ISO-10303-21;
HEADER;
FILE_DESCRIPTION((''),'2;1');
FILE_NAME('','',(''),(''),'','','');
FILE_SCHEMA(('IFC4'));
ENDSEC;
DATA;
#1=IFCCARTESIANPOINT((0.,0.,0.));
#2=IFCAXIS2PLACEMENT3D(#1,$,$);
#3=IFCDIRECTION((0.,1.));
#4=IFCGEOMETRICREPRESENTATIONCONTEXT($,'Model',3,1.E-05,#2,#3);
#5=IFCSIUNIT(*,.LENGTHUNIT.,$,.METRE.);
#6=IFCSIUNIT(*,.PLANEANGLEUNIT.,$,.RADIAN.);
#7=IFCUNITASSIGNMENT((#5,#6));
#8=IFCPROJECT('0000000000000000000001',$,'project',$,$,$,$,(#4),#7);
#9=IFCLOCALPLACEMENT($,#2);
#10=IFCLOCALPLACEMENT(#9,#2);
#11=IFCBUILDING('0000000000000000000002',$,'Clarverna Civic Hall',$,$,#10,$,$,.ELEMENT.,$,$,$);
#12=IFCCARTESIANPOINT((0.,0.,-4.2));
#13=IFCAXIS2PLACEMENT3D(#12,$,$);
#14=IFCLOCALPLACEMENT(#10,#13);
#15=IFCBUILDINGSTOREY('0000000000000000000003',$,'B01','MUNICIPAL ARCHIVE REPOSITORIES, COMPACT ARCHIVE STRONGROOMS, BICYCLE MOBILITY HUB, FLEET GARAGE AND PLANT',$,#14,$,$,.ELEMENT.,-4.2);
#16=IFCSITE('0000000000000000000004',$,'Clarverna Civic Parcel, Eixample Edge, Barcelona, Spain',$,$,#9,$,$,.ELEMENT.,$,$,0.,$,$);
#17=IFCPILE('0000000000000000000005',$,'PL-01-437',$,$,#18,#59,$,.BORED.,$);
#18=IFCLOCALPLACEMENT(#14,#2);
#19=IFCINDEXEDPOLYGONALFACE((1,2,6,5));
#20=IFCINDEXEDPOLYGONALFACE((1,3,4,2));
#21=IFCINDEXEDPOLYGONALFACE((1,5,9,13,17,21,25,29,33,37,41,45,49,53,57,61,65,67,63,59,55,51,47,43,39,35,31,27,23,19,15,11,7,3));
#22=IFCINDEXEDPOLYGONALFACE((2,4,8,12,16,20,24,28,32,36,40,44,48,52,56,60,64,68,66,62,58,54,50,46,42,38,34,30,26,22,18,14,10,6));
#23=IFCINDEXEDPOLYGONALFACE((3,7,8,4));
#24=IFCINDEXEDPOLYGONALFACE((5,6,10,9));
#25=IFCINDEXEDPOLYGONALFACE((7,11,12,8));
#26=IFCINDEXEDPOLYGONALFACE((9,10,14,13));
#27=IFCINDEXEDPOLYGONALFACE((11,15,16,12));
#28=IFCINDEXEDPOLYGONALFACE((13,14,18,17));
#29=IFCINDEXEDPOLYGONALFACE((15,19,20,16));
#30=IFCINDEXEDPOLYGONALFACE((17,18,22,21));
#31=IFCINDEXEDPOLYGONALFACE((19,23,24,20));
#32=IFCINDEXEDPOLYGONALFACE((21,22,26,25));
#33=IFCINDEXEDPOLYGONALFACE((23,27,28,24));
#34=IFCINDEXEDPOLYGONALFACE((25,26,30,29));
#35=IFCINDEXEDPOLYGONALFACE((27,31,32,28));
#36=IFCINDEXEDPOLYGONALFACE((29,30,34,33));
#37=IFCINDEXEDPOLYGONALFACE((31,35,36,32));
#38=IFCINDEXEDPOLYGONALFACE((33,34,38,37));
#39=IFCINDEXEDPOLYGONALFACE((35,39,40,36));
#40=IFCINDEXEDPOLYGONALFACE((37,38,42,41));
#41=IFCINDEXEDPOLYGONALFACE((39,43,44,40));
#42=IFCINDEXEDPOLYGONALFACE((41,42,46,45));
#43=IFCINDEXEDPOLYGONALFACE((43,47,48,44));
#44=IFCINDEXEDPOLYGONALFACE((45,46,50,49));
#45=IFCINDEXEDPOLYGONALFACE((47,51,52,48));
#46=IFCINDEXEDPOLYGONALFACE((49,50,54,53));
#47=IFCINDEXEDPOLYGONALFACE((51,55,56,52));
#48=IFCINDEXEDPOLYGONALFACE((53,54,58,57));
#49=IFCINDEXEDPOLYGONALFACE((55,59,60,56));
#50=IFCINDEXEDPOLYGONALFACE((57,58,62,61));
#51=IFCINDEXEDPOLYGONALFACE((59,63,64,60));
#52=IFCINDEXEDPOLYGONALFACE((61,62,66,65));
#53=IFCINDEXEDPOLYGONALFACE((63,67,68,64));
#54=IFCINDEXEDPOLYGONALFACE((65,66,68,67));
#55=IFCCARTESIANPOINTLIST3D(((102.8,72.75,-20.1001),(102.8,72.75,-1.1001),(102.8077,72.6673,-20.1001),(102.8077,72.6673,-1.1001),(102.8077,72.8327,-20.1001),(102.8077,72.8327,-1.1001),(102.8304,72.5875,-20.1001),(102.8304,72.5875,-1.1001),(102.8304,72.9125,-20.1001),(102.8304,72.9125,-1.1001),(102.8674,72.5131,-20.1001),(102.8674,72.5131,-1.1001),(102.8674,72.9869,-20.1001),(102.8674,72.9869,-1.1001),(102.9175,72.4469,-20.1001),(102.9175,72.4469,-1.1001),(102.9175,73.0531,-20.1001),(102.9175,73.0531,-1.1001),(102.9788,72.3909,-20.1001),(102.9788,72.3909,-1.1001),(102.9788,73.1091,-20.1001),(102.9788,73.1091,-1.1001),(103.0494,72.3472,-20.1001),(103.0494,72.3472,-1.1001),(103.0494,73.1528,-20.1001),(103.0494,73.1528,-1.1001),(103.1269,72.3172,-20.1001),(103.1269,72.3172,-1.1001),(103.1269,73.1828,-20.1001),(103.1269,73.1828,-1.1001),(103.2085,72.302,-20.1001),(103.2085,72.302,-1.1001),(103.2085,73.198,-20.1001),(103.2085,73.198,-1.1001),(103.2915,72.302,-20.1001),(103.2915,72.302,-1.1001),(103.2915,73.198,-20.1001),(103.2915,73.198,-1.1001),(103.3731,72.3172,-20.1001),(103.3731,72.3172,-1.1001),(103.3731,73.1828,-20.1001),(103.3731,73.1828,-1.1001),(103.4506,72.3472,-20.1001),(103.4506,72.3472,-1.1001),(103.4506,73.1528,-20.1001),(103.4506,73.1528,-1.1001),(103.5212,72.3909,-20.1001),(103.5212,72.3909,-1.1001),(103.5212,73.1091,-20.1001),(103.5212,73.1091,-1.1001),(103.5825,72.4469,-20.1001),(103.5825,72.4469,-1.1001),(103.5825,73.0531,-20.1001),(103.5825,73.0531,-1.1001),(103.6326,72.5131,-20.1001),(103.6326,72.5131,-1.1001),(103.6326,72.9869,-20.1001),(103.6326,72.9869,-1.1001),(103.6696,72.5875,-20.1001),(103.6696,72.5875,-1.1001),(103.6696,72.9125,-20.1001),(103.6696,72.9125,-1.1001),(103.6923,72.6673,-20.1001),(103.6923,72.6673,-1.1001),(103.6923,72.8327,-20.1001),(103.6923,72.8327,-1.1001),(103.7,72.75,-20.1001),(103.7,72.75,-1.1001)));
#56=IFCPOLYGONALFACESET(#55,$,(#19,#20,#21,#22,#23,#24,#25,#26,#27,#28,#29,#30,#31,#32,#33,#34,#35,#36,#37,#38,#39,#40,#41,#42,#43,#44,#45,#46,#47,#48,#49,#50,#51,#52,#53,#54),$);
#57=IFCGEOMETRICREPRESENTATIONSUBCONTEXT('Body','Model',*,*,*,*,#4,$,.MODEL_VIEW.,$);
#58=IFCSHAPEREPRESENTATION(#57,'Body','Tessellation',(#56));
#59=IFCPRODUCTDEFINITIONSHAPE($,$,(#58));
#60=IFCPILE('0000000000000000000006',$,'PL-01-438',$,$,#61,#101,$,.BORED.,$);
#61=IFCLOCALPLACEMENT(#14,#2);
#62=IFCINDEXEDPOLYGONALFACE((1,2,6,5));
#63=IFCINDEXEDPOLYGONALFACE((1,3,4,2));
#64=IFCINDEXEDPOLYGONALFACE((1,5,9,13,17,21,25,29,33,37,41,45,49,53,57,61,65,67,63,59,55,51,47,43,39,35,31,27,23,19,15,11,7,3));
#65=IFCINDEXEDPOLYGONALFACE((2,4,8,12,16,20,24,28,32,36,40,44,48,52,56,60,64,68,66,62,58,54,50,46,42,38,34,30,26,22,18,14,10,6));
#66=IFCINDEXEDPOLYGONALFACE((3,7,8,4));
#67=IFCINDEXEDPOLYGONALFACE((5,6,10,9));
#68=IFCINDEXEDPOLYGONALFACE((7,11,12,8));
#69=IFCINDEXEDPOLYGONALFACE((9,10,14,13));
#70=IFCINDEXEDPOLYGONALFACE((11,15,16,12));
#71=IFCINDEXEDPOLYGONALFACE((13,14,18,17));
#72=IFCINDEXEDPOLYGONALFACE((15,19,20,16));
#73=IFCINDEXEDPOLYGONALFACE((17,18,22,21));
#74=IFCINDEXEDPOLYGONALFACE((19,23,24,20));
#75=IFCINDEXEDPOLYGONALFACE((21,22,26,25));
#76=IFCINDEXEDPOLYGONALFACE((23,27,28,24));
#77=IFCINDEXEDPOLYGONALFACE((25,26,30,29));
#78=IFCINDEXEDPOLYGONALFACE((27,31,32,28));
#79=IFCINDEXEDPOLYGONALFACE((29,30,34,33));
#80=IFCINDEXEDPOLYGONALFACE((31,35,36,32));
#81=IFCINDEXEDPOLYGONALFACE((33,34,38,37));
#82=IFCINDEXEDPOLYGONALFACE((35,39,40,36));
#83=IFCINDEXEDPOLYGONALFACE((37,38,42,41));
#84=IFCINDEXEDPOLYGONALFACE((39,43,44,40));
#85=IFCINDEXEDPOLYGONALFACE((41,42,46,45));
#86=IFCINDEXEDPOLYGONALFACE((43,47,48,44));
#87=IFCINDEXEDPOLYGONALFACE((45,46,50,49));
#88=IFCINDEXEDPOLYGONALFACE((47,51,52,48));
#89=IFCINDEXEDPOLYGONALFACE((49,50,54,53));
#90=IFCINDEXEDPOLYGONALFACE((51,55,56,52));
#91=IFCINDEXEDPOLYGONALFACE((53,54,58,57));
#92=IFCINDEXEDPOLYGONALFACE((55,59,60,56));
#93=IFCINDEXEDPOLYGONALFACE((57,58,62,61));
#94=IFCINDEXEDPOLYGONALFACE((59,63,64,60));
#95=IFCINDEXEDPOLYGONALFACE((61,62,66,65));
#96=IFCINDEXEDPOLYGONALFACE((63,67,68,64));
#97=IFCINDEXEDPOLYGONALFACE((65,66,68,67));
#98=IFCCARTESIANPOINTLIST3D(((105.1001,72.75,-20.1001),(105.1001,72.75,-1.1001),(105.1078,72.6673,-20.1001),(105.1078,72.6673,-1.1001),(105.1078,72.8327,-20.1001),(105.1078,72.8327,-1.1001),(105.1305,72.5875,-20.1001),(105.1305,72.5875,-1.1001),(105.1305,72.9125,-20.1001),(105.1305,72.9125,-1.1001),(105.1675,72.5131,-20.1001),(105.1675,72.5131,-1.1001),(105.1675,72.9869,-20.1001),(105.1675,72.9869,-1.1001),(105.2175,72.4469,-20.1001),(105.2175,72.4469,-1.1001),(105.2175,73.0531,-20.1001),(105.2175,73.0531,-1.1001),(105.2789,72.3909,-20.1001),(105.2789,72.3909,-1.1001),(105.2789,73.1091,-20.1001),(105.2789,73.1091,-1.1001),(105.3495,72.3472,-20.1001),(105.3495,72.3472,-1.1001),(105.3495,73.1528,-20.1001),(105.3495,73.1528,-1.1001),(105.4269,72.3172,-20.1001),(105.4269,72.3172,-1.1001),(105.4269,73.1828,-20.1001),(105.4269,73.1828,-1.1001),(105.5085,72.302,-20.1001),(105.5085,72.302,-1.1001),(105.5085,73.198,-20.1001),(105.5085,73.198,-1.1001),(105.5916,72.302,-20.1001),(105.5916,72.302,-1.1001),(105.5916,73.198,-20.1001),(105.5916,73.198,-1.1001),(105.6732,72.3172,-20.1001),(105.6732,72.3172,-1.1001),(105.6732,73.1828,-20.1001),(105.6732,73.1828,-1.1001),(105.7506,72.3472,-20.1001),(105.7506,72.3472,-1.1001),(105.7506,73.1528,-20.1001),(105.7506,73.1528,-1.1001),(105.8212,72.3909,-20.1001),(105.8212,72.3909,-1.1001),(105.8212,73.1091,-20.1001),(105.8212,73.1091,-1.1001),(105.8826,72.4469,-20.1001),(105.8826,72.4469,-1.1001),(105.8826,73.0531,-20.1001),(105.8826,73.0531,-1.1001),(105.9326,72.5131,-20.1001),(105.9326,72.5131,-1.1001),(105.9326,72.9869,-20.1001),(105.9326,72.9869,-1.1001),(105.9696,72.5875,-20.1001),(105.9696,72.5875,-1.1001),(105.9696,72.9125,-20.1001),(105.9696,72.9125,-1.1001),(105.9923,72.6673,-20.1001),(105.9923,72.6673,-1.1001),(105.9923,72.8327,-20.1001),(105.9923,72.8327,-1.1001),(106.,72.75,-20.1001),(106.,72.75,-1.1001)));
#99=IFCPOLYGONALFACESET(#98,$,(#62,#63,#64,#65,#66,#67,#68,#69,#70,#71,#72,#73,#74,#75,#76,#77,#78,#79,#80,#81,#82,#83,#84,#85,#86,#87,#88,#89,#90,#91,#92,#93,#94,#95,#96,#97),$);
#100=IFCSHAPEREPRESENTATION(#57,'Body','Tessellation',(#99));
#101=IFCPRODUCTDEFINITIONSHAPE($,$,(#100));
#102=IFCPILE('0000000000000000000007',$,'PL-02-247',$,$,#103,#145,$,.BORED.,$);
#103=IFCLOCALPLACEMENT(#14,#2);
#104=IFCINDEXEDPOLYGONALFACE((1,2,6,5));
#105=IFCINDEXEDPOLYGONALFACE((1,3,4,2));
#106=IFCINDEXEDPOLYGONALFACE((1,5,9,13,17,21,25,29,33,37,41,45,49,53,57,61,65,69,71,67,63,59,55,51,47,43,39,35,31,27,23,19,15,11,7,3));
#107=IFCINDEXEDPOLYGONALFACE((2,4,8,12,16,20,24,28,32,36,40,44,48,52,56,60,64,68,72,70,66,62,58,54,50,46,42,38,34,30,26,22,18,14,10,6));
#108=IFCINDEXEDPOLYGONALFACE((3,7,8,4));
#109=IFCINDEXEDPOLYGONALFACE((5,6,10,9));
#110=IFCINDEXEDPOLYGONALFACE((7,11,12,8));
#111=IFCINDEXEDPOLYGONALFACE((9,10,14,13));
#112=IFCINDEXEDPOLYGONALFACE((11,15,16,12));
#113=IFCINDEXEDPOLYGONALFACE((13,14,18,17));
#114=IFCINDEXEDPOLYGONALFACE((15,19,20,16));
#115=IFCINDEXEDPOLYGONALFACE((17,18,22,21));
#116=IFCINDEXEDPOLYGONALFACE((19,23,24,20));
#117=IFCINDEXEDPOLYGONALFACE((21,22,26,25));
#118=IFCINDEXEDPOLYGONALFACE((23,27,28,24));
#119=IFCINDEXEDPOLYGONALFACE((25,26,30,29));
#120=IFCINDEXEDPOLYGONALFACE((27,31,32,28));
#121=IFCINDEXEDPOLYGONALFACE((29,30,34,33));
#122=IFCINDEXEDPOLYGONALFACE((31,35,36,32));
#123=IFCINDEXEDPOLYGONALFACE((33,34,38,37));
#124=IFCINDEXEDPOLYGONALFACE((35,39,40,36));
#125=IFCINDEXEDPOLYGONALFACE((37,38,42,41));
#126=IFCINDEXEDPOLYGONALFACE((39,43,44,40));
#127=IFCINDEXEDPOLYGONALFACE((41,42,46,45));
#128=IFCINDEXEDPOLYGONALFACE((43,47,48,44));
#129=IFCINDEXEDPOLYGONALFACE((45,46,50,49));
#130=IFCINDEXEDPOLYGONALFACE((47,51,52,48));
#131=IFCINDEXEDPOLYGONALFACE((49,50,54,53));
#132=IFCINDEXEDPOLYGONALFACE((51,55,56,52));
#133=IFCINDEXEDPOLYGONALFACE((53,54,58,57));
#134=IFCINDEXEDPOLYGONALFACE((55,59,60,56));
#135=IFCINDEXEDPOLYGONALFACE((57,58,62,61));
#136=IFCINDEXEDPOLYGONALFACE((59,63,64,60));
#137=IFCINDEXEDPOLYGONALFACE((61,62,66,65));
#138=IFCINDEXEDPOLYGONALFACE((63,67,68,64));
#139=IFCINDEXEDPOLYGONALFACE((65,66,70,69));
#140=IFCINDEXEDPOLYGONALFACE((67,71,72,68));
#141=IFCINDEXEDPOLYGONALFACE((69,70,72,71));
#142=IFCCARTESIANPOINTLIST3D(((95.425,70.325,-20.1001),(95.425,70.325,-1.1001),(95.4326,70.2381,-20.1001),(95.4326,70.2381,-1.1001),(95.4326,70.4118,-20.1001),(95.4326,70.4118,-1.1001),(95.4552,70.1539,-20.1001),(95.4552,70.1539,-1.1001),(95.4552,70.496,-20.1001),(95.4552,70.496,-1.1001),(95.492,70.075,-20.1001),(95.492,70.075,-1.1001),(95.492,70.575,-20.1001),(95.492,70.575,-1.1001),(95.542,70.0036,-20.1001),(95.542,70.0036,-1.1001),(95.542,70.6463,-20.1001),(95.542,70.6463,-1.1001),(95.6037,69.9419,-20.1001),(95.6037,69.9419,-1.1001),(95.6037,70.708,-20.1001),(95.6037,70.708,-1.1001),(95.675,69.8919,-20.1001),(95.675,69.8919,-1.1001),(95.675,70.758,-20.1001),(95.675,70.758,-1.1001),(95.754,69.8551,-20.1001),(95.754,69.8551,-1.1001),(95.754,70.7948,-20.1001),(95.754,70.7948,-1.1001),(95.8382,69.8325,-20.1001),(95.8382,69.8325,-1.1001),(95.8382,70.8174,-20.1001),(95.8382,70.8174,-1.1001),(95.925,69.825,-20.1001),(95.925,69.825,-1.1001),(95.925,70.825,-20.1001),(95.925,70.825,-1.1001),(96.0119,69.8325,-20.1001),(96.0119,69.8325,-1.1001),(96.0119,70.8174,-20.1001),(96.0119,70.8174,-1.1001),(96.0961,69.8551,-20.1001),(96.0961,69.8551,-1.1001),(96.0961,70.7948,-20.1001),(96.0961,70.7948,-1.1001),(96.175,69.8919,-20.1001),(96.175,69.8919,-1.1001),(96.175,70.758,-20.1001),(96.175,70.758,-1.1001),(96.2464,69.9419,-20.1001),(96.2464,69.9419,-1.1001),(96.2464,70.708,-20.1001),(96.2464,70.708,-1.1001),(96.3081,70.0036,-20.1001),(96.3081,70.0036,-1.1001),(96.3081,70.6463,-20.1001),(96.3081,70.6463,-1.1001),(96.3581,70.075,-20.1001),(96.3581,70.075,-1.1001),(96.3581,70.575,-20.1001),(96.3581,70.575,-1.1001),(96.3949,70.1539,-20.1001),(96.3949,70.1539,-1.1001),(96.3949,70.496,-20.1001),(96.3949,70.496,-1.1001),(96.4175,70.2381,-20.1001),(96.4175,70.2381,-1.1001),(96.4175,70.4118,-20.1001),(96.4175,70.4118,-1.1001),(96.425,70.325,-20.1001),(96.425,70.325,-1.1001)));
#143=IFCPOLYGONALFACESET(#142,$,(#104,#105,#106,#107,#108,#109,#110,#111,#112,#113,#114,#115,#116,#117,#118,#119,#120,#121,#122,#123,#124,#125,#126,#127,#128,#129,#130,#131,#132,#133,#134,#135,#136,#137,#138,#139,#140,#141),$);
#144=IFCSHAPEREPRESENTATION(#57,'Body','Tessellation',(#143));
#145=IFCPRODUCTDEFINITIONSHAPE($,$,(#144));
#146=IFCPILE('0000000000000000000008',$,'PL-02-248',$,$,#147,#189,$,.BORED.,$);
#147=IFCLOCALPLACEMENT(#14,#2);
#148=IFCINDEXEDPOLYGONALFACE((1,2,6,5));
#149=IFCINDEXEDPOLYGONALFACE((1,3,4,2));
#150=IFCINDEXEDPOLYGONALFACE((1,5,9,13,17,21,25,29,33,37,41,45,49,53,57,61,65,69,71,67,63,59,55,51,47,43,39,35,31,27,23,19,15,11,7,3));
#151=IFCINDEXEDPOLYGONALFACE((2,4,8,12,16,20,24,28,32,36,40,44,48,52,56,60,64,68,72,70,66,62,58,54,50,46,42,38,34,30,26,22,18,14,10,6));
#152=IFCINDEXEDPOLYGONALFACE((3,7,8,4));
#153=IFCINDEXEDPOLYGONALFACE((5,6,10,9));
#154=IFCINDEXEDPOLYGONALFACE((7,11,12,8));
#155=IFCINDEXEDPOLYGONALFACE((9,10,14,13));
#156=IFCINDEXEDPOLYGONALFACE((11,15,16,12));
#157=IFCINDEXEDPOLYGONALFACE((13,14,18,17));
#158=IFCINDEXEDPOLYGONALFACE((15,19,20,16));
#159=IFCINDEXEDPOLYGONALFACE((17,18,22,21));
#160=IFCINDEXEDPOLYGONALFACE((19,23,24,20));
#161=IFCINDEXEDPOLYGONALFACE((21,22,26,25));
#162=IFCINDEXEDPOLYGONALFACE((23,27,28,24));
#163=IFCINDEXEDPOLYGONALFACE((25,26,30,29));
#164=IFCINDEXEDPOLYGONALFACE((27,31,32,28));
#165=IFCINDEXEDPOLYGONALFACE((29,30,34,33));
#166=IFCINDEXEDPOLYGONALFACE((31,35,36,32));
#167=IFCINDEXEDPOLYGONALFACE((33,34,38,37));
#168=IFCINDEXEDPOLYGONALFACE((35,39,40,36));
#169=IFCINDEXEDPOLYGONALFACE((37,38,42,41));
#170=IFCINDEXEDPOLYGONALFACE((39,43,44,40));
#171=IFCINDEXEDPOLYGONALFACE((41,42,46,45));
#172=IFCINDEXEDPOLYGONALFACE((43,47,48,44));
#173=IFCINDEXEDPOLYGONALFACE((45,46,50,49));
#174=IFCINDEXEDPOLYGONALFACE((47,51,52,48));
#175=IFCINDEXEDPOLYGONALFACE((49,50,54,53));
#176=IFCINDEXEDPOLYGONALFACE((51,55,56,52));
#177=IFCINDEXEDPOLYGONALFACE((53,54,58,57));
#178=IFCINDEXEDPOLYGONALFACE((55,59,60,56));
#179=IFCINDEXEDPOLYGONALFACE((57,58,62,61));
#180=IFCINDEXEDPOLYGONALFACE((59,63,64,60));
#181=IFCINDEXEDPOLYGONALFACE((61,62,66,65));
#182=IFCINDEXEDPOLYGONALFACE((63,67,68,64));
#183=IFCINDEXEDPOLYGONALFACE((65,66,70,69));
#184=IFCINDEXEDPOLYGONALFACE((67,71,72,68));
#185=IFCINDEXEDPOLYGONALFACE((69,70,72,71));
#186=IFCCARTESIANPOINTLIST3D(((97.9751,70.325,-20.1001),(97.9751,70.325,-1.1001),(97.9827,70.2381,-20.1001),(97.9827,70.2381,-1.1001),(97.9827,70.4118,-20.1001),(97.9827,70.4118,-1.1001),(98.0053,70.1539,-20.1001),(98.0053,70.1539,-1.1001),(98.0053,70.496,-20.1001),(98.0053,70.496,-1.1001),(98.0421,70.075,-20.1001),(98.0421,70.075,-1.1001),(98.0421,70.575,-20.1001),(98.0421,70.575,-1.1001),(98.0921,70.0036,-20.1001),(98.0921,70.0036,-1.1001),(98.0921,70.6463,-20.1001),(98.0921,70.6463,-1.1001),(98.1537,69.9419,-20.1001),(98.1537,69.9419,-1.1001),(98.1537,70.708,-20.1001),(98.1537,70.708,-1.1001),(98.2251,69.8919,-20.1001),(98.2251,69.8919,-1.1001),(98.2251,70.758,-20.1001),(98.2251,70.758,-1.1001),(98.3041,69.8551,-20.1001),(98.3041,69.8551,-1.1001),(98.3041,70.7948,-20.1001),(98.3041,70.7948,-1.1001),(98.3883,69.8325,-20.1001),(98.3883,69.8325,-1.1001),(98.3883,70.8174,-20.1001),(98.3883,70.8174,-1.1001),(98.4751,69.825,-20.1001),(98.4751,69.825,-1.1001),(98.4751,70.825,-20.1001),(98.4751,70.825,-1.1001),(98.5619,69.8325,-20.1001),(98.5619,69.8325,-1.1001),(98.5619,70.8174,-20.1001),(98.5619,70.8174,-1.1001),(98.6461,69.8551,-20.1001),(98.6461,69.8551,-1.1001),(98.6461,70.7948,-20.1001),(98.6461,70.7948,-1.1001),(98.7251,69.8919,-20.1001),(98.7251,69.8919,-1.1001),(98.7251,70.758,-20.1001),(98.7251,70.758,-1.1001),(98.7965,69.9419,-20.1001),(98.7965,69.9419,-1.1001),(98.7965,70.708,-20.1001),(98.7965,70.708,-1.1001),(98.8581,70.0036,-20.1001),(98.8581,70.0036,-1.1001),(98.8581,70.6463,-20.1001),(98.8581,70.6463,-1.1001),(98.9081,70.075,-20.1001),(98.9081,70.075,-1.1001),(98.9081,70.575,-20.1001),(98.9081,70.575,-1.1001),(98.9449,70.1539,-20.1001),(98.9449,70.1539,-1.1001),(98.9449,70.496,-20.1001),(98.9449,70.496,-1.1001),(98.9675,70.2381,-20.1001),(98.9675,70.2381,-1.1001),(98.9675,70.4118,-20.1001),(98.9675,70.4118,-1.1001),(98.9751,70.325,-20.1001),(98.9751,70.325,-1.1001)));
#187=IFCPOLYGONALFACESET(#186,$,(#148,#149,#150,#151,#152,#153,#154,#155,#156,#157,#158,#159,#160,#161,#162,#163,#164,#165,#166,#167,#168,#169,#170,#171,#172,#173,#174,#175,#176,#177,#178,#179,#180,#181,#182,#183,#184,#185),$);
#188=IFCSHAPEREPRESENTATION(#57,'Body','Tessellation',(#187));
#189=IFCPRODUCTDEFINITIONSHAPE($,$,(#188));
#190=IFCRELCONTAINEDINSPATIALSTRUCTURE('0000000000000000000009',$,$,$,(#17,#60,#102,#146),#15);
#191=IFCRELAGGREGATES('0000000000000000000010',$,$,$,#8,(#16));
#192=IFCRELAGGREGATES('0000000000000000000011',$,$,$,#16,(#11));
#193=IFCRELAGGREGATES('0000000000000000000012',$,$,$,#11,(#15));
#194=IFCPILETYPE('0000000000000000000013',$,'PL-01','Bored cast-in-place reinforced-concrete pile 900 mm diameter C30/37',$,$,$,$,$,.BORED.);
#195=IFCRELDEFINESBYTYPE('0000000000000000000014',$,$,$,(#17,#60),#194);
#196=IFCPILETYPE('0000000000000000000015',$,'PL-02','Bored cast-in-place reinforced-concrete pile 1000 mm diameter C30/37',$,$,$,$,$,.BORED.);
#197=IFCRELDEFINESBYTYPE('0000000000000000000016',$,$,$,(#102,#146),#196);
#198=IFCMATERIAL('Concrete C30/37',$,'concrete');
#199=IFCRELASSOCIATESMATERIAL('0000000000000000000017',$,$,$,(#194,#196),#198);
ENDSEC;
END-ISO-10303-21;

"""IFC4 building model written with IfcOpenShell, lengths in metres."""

from ifc_helpers import new_model, si_unit, direction, frame, origin, origin_2d, place, context, subcontext, project, spatial, circle, extrude, material, material_profile, profile_set, type_object, element, save


model = new_model("IFC4")

# Units and contexts
model_context = context("Model", 3, precision=1e-05, world=origin(), true_north=direction((0.0, 1.0)))
body_context = subcontext(model_context, "Body", "Model", "MODEL_VIEW")
ifc_project = project(units=[si_unit("LENGTHUNIT", "METRE"), si_unit("PLANEANGLEUNIT", "RADIAN")], contexts=[model_context])

# Site, building, storey
site_placement = place(None, origin())
site = spatial("IfcSite", under=ifc_project, at=site_placement, Name="Clarverna Civic Parcel, Eixample Edge, Barcelona, Spain", CompositionType="ELEMENT", RefElevation=0.0)
building_placement = place(site_placement, origin())
building = spatial("IfcBuilding", under=site, at=building_placement, Name="Clarverna Civic Hall", CompositionType="ELEMENT")
storey_placement = place(building_placement, frame((0.0, 0.0, -4.2)))
storey = spatial("IfcBuildingStorey", under=building, at=storey_placement, Name="B01", Description="MUNICIPAL ARCHIVE REPOSITORIES, COMPACT ARCHIVE STRONGROOMS, BICYCLE MOBILITY HUB, FLEET GARAGE AND PLANT", CompositionType="ELEMENT", Elevation=-4.2)

# Shared definitions
ifc_material_1 = material(Name="Concrete C30/37", Category="concrete")

# Piles
ifc_material_profile_1 = material_profile(ifc_material_1, circle(Radius=0.45, at=origin_2d()), Name="BORED PILE D900")
ifc_profile_set_1 = profile_set([ifc_material_profile_1], Name="Concrete C30/37")
pile_type_1 = type_object("IfcPileType", Name="PL-01", Description="Bored cast-in-place reinforced-concrete pile 900 mm diameter C30/37", PredefinedType="BORED", material=ifc_profile_set_1)
for number, where, z_axis, x_axis, name in (
    (1, (103.25, 72.75, -1.1001), (0.0, 0.0, -1.0), (1.0, 0.0, 0.0), "PL-01-437"),
    (2, (105.55, 72.75, -1.1001), (0.0, 0.0, -1.0), (1.0, 0.0, 0.0), "PL-01-438"),
):
    element("IfcPile", number, at=place(storey_placement, frame(where, z_axis=z_axis, x_axis=x_axis)), inside=storey, type_object=pile_type_1, Name=name, PredefinedType="BORED", context=body_context, shape_type="SweptSolid", body=[
        extrude(circle(Radius=0.45, at=origin_2d()), origin(), (0.0, 0.0, 1.0), 19.0),
    ])
ifc_material_profile_2 = material_profile(ifc_material_1, circle(Radius=0.5, at=origin_2d()), Name="BORED PILE D1000")
ifc_profile_set_2 = profile_set([ifc_material_profile_2], Name="Concrete C30/37")
pile_type_2 = type_object("IfcPileType", Name="PL-02", Description="Bored cast-in-place reinforced-concrete pile 1000 mm diameter C30/37", PredefinedType="BORED", material=ifc_profile_set_2)
for number, where, z_axis, x_axis, name in (
    (3, (95.925, 70.325, -1.1001), (0.0, 0.0, -1.0), (1.0, 0.0, 0.0), "PL-02-247"),
    (4, (98.4751, 70.325, -1.1001), (0.0, 0.0, -1.0), (1.0, 0.0, 0.0), "PL-02-248"),
):
    element("IfcPile", number, at=place(storey_placement, frame(where, z_axis=z_axis, x_axis=x_axis)), inside=storey, type_object=pile_type_2, Name=name, PredefinedType="BORED", context=body_context, shape_type="SweptSolid", body=[
        extrude(circle(Radius=0.5, at=origin_2d()), origin(), (0.0, 0.0, 1.0), 19.0),
    ])

save(model, "model.ifc")
